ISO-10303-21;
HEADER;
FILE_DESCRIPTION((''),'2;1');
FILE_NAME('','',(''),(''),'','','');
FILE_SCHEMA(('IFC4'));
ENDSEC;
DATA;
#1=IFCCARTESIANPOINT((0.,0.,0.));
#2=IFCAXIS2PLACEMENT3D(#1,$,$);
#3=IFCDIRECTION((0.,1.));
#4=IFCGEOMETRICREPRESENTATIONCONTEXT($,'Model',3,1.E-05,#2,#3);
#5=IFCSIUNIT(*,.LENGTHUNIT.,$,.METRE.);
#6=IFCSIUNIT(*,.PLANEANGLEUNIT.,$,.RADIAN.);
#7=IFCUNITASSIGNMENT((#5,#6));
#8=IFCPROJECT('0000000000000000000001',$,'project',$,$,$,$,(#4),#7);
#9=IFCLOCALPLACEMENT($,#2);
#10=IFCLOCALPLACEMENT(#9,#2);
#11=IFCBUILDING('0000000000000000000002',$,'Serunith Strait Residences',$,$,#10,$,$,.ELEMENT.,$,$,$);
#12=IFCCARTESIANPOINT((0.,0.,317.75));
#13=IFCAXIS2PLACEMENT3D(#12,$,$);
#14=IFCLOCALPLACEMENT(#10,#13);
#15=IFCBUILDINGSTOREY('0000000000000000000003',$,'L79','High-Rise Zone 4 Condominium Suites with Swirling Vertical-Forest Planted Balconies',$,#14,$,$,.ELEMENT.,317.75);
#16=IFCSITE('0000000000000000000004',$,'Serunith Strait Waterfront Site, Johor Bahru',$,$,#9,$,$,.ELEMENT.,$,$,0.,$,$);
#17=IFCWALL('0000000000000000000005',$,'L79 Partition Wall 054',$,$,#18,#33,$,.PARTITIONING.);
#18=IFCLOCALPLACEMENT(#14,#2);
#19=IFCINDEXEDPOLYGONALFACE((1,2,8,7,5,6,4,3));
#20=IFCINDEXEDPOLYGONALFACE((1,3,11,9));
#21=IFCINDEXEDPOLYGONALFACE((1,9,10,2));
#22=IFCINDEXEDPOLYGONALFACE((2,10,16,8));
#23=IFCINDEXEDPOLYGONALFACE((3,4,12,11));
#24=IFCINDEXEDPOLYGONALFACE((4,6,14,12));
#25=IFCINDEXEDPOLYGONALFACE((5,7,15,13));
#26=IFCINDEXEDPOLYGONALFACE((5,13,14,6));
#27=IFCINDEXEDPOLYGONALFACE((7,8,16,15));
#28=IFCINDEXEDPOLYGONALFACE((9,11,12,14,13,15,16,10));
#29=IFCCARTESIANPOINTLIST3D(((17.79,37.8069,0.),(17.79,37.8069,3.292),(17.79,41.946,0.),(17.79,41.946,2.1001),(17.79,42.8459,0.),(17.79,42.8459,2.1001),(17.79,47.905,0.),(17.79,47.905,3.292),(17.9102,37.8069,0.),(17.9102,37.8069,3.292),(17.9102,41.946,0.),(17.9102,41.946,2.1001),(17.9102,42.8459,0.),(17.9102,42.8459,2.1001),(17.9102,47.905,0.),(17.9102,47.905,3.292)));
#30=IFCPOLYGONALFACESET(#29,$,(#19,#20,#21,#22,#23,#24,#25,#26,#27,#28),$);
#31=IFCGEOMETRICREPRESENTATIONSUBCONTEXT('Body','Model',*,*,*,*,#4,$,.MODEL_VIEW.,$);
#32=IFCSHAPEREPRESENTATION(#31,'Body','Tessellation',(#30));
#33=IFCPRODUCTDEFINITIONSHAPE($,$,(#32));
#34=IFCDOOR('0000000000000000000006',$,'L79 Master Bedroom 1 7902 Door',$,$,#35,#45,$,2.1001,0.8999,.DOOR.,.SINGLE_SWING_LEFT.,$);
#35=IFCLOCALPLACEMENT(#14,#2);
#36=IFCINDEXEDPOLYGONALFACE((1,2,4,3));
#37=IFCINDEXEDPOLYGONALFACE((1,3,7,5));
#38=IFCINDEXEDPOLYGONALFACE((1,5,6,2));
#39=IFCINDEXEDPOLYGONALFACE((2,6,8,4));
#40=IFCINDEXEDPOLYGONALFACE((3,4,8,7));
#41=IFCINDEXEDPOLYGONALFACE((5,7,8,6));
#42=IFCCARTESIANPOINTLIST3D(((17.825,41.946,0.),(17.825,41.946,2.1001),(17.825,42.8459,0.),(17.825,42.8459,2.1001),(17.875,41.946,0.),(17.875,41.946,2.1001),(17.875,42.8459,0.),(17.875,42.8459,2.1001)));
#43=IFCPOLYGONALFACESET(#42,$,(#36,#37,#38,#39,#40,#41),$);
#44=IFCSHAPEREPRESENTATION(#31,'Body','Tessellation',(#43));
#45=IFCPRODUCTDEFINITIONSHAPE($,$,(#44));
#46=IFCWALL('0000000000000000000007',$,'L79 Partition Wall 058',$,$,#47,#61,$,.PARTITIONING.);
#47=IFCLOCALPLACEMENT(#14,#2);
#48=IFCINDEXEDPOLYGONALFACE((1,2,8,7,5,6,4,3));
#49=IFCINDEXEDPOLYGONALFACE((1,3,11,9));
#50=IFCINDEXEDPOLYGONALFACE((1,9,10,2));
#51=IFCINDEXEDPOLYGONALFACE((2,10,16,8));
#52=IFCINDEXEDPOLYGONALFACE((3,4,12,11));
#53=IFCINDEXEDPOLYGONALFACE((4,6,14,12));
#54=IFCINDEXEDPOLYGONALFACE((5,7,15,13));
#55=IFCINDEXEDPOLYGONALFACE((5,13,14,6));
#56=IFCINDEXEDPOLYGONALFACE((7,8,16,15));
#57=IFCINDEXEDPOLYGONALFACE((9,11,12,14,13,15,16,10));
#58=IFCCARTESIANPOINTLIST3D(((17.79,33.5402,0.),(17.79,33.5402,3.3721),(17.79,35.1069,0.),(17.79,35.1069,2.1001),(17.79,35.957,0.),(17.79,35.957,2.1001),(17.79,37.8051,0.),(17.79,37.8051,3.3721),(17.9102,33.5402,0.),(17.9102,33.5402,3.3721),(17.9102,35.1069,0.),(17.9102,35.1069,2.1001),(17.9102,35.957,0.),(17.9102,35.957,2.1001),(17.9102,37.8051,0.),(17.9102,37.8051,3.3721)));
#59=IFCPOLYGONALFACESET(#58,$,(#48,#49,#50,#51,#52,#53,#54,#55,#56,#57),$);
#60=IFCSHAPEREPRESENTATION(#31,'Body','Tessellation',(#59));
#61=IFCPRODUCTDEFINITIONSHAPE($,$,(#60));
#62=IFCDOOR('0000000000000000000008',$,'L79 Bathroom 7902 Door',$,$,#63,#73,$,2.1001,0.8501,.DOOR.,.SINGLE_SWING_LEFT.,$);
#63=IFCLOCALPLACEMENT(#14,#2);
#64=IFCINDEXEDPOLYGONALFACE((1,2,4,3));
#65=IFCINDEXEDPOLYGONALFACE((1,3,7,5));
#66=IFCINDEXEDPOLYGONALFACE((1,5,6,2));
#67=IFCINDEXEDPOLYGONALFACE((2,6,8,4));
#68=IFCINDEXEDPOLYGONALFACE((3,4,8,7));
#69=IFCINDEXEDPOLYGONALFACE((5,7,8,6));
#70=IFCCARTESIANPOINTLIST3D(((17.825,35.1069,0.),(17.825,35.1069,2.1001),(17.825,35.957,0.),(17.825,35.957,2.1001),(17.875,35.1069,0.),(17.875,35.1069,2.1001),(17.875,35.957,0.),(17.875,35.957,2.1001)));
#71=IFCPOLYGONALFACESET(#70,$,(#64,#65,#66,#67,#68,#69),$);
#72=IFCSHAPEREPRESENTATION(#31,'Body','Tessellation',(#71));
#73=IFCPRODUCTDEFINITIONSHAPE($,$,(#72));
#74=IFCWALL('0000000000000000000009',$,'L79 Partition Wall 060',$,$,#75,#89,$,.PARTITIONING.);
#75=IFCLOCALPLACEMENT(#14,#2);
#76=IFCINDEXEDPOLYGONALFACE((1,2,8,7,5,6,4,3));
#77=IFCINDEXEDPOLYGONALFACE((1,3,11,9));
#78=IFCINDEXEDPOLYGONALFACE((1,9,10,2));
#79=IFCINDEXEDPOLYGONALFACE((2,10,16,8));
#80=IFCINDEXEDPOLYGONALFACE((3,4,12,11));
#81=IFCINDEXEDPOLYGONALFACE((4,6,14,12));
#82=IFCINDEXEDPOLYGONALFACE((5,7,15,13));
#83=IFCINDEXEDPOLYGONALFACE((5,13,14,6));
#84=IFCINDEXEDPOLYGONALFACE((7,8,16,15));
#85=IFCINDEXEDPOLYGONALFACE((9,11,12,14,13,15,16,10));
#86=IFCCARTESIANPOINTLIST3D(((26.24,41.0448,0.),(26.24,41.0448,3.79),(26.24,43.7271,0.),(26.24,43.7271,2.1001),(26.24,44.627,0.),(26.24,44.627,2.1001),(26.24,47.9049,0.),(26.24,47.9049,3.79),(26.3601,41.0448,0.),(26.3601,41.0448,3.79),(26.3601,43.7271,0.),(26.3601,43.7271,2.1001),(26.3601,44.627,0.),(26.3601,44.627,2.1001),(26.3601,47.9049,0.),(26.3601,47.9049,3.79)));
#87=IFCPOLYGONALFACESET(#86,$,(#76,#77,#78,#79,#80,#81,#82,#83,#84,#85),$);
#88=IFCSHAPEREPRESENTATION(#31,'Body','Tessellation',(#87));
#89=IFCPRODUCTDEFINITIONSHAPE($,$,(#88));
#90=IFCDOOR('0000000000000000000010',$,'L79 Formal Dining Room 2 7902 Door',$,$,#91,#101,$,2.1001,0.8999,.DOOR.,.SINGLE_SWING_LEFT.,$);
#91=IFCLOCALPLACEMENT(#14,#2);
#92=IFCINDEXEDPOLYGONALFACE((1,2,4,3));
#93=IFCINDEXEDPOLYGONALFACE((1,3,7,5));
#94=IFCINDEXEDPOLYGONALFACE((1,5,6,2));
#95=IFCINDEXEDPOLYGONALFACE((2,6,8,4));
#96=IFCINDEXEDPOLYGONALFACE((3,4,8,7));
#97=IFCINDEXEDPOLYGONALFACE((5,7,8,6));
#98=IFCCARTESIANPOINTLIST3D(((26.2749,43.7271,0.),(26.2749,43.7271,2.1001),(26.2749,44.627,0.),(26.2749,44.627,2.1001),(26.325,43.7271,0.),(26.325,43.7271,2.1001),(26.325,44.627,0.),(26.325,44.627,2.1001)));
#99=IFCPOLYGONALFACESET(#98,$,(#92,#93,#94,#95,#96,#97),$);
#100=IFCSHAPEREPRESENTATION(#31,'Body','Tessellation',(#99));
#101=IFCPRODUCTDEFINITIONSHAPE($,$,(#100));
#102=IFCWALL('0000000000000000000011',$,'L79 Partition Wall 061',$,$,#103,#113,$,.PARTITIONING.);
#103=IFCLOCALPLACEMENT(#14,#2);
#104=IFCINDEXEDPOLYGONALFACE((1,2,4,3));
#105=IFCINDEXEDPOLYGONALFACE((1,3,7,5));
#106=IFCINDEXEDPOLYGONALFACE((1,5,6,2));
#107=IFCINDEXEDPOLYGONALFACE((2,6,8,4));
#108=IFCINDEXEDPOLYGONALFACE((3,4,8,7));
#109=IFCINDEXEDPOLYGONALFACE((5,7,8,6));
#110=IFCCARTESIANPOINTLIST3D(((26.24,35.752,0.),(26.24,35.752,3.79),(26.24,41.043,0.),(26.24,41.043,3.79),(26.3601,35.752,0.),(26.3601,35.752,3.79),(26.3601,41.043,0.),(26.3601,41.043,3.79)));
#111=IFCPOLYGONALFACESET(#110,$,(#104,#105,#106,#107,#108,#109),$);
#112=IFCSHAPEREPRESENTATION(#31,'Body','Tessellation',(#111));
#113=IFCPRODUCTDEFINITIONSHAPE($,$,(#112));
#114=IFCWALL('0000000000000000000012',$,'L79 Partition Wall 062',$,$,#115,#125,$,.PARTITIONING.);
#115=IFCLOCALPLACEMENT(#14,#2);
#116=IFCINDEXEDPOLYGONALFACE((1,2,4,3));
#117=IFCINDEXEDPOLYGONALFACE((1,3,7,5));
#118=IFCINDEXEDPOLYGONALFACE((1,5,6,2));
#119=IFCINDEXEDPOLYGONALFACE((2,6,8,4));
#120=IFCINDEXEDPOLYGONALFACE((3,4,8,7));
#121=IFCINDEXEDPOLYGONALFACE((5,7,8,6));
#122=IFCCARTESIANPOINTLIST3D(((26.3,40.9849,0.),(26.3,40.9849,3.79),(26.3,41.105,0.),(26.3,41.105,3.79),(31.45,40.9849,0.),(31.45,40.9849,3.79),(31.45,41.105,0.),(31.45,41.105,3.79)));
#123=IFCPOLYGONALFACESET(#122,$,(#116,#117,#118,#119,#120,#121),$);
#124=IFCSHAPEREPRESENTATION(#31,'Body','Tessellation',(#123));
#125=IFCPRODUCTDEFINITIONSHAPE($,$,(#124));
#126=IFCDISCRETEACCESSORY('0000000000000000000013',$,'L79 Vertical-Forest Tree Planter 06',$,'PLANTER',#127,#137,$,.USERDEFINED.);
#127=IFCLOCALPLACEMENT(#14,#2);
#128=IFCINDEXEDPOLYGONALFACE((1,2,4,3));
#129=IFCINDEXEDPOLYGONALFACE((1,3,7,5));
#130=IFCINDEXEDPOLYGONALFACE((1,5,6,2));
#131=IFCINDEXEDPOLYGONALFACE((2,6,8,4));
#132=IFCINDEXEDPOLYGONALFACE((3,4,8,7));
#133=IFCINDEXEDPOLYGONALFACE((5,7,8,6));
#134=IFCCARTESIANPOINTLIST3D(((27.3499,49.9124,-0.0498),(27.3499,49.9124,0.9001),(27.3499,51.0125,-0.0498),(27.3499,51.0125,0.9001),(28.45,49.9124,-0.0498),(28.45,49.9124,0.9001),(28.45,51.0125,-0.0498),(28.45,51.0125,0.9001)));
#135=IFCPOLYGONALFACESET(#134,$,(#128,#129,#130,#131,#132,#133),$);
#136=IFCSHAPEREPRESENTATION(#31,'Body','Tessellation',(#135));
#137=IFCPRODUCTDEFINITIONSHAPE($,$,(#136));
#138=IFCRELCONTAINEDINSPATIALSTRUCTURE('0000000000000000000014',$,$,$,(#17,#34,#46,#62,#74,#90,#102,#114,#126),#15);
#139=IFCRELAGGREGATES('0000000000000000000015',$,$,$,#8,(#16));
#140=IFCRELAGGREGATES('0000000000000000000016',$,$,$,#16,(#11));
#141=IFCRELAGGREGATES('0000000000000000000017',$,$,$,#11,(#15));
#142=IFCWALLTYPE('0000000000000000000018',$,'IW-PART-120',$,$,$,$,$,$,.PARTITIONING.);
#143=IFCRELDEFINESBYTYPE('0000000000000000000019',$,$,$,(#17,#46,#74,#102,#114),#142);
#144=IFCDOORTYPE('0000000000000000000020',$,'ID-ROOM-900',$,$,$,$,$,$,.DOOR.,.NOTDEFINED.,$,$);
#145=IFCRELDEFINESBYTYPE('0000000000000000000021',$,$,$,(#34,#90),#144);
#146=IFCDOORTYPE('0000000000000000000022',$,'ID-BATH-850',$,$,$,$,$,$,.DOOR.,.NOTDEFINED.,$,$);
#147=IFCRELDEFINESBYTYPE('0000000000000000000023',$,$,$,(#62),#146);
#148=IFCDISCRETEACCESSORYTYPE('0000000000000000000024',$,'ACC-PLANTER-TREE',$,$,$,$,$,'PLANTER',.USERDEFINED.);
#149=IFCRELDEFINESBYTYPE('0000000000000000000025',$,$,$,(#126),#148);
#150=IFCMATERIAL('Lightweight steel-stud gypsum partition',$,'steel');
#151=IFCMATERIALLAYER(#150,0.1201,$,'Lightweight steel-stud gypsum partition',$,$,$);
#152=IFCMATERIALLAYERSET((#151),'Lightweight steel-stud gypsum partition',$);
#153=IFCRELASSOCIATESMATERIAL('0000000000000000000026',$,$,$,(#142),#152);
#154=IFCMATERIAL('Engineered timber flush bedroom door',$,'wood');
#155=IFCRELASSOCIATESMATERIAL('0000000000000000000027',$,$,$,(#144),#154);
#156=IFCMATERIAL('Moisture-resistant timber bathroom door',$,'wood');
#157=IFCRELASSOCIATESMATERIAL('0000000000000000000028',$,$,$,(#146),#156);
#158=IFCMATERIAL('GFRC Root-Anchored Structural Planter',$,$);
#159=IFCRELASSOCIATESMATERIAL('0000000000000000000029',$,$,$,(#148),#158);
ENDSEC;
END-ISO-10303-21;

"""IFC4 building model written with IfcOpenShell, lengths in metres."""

from ifc_helpers import new_model, si_unit, direction, frame, frame_2d, origin, origin_2d, place, context, subcontext, project, spatial, rectangle, extrude, source, transform, mapped, material, layer, layer_set, type_object, element, fill, save


model = new_model("IFC4")

# Units and contexts
model_context = context("Model", 3, precision=1e-05, world=origin(), true_north=direction((0.0, 1.0)))
body_context = subcontext(model_context, "Body", "Model", "MODEL_VIEW")
ifc_project = project(units=[si_unit("LENGTHUNIT", "METRE"), si_unit("PLANEANGLEUNIT", "RADIAN")], contexts=[model_context])

# Site, building, storey
site_placement = place(None, origin())
site = spatial("IfcSite", under=ifc_project, at=site_placement, Name="Serunith Strait Waterfront Site, Johor Bahru", CompositionType="ELEMENT", RefElevation=0.0)
building_placement = place(site_placement, origin())
building = spatial("IfcBuilding", under=site, at=building_placement, Name="Serunith Strait Residences", CompositionType="ELEMENT")
storey_placement = place(building_placement, frame((0.0, 0.0, 317.75)))
storey = spatial("IfcBuildingStorey", under=building, at=storey_placement, Name="L79", Description="High-Rise Zone 4 Condominium Suites with Swirling Vertical-Forest Planted Balconies", CompositionType="ELEMENT", Elevation=317.75)

# Walls, openings, doors
ifc_material_1 = material(Name="Lightweight steel-stud gypsum partition", Category="steel")
ifc_layer_1 = layer(ifc_material_1, 0.1201, Name="Lightweight steel-stud gypsum partition")
ifc_layer_set_1 = layer_set([ifc_layer_1], Name="Lightweight steel-stud gypsum partition")
wall_type = type_object("IfcWallType", Name="IW-PART-120", PredefinedType="PARTITIONING", material=ifc_layer_set_1)
wall_1_placement = place(storey_placement, frame((17.8501, 47.905, 0.0), z_axis=(0.0, 0.0, 1.0), x_axis=(0.0, -1.0, 0.0)))
wall_1 = element("IfcWall", 1, at=wall_1_placement, inside=storey, type_object=wall_type, Name="L79 Partition Wall 054", PredefinedType="PARTITIONING", context=body_context, shape_type="SweptSolid", body=[
    extrude(rectangle(XDim=10.0981, YDim=0.1201, at=frame_2d((5.0491, 0.0))), origin(), (0.0, 0.0, 1.0), 3.292),
])
opening_1_placement = place(wall_1_placement, frame((5.0591, 0.0, 0.0)))
opening_1 = element("IfcOpeningElement", 2, at=opening_1_placement, cuts=wall_1, PredefinedType="OPENING", context=body_context, shape_type="SweptSolid", body=[
    extrude(rectangle(XDim=0.8999, YDim=2.1001, at=frame_2d((0.45, 1.05))), frame((0.0, 0.0701, 0.0), z_axis=(0.0, -1.0, 0.0), x_axis=(1.0, 0.0, 0.0)), (0.0, 0.0, 1.0), 0.1401),
])
ifc_material_2 = material(Name="Engineered timber flush bedroom door", Category="wood")
door_type_1 = type_object("IfcDoorType", Name="ID-ROOM-900", OperationType="NOTDEFINED", PredefinedType="DOOR", material=ifc_material_2)
shared_shape_1 = source(origin(), body_context, "Body", "SweptSolid", [
    extrude(rectangle(XDim=0.8999, YDim=2.1001, at=frame_2d((0.45, 1.05))), frame((0.0, 0.0249, 0.0), z_axis=(0.0, -1.0, 0.0), x_axis=(1.0, 0.0, 0.0)), (0.0, 0.0, 1.0), 0.05),
])
door_1_placement = place(opening_1_placement, origin())
door_1 = element("IfcDoor", 3, at=door_1_placement, inside=storey, type_object=door_type_1, Name="L79 Master Bedroom 1 7902 Door", OperationType="SINGLE_SWING_LEFT", OverallHeight=2.1001, OverallWidth=0.8999, PredefinedType="DOOR", context=body_context, shape_type="MappedRepresentation", body=[
    mapped(shared_shape_1, transform((0.0, 0.0, 0.0), scale=1.0)),
])
fill(opening_1, door_1)
wall_2_placement = place(storey_placement, frame((17.8501, 37.8049, 0.0), z_axis=(0.0, 0.0, 1.0), x_axis=(0.0, -1.0, 0.0)))
wall_2 = element("IfcWall", 4, at=wall_2_placement, inside=storey, type_object=wall_type, Name="L79 Partition Wall 058", PredefinedType="PARTITIONING", context=body_context, shape_type="SweptSolid", body=[
    extrude(rectangle(XDim=4.2649, YDim=0.1201, at=frame_2d((2.1323, 0.0))), origin(), (0.0, 0.0, 1.0), 3.3721),
])
opening_2_placement = place(wall_2_placement, frame((1.8479, 0.0, 0.0)))
opening_2 = element("IfcOpeningElement", 5, at=opening_2_placement, cuts=wall_2, PredefinedType="OPENING", context=body_context, shape_type="SweptSolid", body=[
    extrude(rectangle(XDim=0.8501, YDim=2.1001, at=frame_2d((0.425, 1.05))), frame((0.0, 0.0701, 0.0), z_axis=(0.0, -1.0, 0.0), x_axis=(1.0, 0.0, 0.0)), (0.0, 0.0, 1.0), 0.1401),
])
ifc_material_3 = material(Name="Moisture-resistant timber bathroom door", Category="wood")
door_type_2 = type_object("IfcDoorType", Name="ID-BATH-850", OperationType="NOTDEFINED", PredefinedType="DOOR", material=ifc_material_3)
shared_shape_2 = source(origin(), body_context, "Body", "SweptSolid", [
    extrude(rectangle(XDim=0.8501, YDim=2.1001, at=frame_2d((0.425, 1.05))), frame((0.0, 0.0249, 0.0), z_axis=(0.0, -1.0, 0.0), x_axis=(1.0, 0.0, 0.0)), (0.0, 0.0, 1.0), 0.05),
])
door_2_placement = place(opening_2_placement, origin())
door_2 = element("IfcDoor", 6, at=door_2_placement, inside=storey, type_object=door_type_2, Name="L79 Bathroom 7902 Door", OperationType="SINGLE_SWING_LEFT", OverallHeight=2.1001, OverallWidth=0.8501, PredefinedType="DOOR", context=body_context, shape_type="MappedRepresentation", body=[
    mapped(shared_shape_2, transform((0.0, 0.0, 0.0), scale=1.0)),
])
fill(opening_2, door_2)
wall_3_placement = place(storey_placement, frame((26.3, 47.905, 0.0), z_axis=(0.0, 0.0, 1.0), x_axis=(0.0, -1.0, 0.0)))
wall_3 = element("IfcWall", 7, at=wall_3_placement, inside=storey, type_object=wall_type, Name="L79 Partition Wall 060", PredefinedType="PARTITIONING", context=body_context, shape_type="SweptSolid", body=[
    extrude(rectangle(XDim=6.8601, YDim=0.1201, at=frame_2d((3.4302, 0.0))), origin(), (0.0, 0.0, 1.0), 3.79),
])
opening_3_placement = place(wall_3_placement, frame((3.2781, 0.0, 0.0)))
opening_3 = element("IfcOpeningElement", 8, at=opening_3_placement, cuts=wall_3, PredefinedType="OPENING", context=body_context, shape_type="SweptSolid", body=[
    extrude(rectangle(XDim=0.8999, YDim=2.1001, at=frame_2d((0.45, 1.05))), frame((0.0, 0.0701, 0.0), z_axis=(0.0, -1.0, 0.0), x_axis=(1.0, 0.0, 0.0)), (0.0, 0.0, 1.0), 0.1401),
])
door_3_placement = place(opening_3_placement, origin())
door_3 = element("IfcDoor", 9, at=door_3_placement, inside=storey, type_object=door_type_1, Name="L79 Formal Dining Room 2 7902 Door", OperationType="SINGLE_SWING_LEFT", OverallHeight=2.1001, OverallWidth=0.8999, PredefinedType="DOOR", context=body_context, shape_type="MappedRepresentation", body=[
    mapped(shared_shape_1, transform((0.0, 0.0, 0.0), scale=1.0)),
])
fill(opening_3, door_3)

# Walls
wall_4_placement = place(storey_placement, frame((26.3, 41.043, 0.0), z_axis=(0.0, 0.0, 1.0), x_axis=(0.0, -1.0, 0.0)))
element("IfcWall", 10, at=wall_4_placement, inside=storey, type_object=wall_type, Name="L79 Partition Wall 061", PredefinedType="PARTITIONING", context=body_context, shape_type="SweptSolid", body=[
    extrude(rectangle(XDim=5.291, YDim=0.1201, at=frame_2d((2.6455, 0.0))), origin(), (0.0, 0.0, 1.0), 3.79),
])
wall_5_placement = place(storey_placement, frame((26.3, 41.0449, 0.0), z_axis=(0.0, 0.0, 1.0), x_axis=(1.0, 0.0, 0.0)))
element("IfcWall", 11, at=wall_5_placement, inside=storey, type_object=wall_type, Name="L79 Partition Wall 062", PredefinedType="PARTITIONING", context=body_context, shape_type="SweptSolid", body=[
    extrude(rectangle(XDim=5.1499, YDim=0.1201, at=frame_2d((2.575, 0.0))), origin(), (0.0, 0.0, 1.0), 3.79),
])

# Discrete accessory
ifc_material_4 = material(Name="GFRC Root-Anchored Structural Planter")
discrete_accessory_type = type_object("IfcDiscreteAccessoryType", Name="ACC-PLANTER-TREE", ElementType="PLANTER", PredefinedType="USERDEFINED", material=ifc_material_4)
shared_shape_3 = source(origin(), body_context, "Body", "SweptSolid", [
    extrude(rectangle(XDim=1.1001, YDim=1.1001, at=origin_2d()), origin(), (0.0, 0.0, 1.0), 0.95),
])
discrete_accessory_placement = place(storey_placement, frame((27.8999, 50.4624, -0.0498), z_axis=(0.0, 0.0, 1.0), x_axis=(-1.0, 0.0, 0.0)))
element("IfcDiscreteAccessory", 12, at=discrete_accessory_placement, inside=storey, type_object=discrete_accessory_type, Name="L79 Vertical-Forest Tree Planter 06", ObjectType="PLANTER", PredefinedType="USERDEFINED", context=body_context, shape_type="MappedRepresentation", body=[
    mapped(shared_shape_3, transform((0.0, 0.0, 0.0), scale=1.0)),
])

save(model, "model.ifc")
